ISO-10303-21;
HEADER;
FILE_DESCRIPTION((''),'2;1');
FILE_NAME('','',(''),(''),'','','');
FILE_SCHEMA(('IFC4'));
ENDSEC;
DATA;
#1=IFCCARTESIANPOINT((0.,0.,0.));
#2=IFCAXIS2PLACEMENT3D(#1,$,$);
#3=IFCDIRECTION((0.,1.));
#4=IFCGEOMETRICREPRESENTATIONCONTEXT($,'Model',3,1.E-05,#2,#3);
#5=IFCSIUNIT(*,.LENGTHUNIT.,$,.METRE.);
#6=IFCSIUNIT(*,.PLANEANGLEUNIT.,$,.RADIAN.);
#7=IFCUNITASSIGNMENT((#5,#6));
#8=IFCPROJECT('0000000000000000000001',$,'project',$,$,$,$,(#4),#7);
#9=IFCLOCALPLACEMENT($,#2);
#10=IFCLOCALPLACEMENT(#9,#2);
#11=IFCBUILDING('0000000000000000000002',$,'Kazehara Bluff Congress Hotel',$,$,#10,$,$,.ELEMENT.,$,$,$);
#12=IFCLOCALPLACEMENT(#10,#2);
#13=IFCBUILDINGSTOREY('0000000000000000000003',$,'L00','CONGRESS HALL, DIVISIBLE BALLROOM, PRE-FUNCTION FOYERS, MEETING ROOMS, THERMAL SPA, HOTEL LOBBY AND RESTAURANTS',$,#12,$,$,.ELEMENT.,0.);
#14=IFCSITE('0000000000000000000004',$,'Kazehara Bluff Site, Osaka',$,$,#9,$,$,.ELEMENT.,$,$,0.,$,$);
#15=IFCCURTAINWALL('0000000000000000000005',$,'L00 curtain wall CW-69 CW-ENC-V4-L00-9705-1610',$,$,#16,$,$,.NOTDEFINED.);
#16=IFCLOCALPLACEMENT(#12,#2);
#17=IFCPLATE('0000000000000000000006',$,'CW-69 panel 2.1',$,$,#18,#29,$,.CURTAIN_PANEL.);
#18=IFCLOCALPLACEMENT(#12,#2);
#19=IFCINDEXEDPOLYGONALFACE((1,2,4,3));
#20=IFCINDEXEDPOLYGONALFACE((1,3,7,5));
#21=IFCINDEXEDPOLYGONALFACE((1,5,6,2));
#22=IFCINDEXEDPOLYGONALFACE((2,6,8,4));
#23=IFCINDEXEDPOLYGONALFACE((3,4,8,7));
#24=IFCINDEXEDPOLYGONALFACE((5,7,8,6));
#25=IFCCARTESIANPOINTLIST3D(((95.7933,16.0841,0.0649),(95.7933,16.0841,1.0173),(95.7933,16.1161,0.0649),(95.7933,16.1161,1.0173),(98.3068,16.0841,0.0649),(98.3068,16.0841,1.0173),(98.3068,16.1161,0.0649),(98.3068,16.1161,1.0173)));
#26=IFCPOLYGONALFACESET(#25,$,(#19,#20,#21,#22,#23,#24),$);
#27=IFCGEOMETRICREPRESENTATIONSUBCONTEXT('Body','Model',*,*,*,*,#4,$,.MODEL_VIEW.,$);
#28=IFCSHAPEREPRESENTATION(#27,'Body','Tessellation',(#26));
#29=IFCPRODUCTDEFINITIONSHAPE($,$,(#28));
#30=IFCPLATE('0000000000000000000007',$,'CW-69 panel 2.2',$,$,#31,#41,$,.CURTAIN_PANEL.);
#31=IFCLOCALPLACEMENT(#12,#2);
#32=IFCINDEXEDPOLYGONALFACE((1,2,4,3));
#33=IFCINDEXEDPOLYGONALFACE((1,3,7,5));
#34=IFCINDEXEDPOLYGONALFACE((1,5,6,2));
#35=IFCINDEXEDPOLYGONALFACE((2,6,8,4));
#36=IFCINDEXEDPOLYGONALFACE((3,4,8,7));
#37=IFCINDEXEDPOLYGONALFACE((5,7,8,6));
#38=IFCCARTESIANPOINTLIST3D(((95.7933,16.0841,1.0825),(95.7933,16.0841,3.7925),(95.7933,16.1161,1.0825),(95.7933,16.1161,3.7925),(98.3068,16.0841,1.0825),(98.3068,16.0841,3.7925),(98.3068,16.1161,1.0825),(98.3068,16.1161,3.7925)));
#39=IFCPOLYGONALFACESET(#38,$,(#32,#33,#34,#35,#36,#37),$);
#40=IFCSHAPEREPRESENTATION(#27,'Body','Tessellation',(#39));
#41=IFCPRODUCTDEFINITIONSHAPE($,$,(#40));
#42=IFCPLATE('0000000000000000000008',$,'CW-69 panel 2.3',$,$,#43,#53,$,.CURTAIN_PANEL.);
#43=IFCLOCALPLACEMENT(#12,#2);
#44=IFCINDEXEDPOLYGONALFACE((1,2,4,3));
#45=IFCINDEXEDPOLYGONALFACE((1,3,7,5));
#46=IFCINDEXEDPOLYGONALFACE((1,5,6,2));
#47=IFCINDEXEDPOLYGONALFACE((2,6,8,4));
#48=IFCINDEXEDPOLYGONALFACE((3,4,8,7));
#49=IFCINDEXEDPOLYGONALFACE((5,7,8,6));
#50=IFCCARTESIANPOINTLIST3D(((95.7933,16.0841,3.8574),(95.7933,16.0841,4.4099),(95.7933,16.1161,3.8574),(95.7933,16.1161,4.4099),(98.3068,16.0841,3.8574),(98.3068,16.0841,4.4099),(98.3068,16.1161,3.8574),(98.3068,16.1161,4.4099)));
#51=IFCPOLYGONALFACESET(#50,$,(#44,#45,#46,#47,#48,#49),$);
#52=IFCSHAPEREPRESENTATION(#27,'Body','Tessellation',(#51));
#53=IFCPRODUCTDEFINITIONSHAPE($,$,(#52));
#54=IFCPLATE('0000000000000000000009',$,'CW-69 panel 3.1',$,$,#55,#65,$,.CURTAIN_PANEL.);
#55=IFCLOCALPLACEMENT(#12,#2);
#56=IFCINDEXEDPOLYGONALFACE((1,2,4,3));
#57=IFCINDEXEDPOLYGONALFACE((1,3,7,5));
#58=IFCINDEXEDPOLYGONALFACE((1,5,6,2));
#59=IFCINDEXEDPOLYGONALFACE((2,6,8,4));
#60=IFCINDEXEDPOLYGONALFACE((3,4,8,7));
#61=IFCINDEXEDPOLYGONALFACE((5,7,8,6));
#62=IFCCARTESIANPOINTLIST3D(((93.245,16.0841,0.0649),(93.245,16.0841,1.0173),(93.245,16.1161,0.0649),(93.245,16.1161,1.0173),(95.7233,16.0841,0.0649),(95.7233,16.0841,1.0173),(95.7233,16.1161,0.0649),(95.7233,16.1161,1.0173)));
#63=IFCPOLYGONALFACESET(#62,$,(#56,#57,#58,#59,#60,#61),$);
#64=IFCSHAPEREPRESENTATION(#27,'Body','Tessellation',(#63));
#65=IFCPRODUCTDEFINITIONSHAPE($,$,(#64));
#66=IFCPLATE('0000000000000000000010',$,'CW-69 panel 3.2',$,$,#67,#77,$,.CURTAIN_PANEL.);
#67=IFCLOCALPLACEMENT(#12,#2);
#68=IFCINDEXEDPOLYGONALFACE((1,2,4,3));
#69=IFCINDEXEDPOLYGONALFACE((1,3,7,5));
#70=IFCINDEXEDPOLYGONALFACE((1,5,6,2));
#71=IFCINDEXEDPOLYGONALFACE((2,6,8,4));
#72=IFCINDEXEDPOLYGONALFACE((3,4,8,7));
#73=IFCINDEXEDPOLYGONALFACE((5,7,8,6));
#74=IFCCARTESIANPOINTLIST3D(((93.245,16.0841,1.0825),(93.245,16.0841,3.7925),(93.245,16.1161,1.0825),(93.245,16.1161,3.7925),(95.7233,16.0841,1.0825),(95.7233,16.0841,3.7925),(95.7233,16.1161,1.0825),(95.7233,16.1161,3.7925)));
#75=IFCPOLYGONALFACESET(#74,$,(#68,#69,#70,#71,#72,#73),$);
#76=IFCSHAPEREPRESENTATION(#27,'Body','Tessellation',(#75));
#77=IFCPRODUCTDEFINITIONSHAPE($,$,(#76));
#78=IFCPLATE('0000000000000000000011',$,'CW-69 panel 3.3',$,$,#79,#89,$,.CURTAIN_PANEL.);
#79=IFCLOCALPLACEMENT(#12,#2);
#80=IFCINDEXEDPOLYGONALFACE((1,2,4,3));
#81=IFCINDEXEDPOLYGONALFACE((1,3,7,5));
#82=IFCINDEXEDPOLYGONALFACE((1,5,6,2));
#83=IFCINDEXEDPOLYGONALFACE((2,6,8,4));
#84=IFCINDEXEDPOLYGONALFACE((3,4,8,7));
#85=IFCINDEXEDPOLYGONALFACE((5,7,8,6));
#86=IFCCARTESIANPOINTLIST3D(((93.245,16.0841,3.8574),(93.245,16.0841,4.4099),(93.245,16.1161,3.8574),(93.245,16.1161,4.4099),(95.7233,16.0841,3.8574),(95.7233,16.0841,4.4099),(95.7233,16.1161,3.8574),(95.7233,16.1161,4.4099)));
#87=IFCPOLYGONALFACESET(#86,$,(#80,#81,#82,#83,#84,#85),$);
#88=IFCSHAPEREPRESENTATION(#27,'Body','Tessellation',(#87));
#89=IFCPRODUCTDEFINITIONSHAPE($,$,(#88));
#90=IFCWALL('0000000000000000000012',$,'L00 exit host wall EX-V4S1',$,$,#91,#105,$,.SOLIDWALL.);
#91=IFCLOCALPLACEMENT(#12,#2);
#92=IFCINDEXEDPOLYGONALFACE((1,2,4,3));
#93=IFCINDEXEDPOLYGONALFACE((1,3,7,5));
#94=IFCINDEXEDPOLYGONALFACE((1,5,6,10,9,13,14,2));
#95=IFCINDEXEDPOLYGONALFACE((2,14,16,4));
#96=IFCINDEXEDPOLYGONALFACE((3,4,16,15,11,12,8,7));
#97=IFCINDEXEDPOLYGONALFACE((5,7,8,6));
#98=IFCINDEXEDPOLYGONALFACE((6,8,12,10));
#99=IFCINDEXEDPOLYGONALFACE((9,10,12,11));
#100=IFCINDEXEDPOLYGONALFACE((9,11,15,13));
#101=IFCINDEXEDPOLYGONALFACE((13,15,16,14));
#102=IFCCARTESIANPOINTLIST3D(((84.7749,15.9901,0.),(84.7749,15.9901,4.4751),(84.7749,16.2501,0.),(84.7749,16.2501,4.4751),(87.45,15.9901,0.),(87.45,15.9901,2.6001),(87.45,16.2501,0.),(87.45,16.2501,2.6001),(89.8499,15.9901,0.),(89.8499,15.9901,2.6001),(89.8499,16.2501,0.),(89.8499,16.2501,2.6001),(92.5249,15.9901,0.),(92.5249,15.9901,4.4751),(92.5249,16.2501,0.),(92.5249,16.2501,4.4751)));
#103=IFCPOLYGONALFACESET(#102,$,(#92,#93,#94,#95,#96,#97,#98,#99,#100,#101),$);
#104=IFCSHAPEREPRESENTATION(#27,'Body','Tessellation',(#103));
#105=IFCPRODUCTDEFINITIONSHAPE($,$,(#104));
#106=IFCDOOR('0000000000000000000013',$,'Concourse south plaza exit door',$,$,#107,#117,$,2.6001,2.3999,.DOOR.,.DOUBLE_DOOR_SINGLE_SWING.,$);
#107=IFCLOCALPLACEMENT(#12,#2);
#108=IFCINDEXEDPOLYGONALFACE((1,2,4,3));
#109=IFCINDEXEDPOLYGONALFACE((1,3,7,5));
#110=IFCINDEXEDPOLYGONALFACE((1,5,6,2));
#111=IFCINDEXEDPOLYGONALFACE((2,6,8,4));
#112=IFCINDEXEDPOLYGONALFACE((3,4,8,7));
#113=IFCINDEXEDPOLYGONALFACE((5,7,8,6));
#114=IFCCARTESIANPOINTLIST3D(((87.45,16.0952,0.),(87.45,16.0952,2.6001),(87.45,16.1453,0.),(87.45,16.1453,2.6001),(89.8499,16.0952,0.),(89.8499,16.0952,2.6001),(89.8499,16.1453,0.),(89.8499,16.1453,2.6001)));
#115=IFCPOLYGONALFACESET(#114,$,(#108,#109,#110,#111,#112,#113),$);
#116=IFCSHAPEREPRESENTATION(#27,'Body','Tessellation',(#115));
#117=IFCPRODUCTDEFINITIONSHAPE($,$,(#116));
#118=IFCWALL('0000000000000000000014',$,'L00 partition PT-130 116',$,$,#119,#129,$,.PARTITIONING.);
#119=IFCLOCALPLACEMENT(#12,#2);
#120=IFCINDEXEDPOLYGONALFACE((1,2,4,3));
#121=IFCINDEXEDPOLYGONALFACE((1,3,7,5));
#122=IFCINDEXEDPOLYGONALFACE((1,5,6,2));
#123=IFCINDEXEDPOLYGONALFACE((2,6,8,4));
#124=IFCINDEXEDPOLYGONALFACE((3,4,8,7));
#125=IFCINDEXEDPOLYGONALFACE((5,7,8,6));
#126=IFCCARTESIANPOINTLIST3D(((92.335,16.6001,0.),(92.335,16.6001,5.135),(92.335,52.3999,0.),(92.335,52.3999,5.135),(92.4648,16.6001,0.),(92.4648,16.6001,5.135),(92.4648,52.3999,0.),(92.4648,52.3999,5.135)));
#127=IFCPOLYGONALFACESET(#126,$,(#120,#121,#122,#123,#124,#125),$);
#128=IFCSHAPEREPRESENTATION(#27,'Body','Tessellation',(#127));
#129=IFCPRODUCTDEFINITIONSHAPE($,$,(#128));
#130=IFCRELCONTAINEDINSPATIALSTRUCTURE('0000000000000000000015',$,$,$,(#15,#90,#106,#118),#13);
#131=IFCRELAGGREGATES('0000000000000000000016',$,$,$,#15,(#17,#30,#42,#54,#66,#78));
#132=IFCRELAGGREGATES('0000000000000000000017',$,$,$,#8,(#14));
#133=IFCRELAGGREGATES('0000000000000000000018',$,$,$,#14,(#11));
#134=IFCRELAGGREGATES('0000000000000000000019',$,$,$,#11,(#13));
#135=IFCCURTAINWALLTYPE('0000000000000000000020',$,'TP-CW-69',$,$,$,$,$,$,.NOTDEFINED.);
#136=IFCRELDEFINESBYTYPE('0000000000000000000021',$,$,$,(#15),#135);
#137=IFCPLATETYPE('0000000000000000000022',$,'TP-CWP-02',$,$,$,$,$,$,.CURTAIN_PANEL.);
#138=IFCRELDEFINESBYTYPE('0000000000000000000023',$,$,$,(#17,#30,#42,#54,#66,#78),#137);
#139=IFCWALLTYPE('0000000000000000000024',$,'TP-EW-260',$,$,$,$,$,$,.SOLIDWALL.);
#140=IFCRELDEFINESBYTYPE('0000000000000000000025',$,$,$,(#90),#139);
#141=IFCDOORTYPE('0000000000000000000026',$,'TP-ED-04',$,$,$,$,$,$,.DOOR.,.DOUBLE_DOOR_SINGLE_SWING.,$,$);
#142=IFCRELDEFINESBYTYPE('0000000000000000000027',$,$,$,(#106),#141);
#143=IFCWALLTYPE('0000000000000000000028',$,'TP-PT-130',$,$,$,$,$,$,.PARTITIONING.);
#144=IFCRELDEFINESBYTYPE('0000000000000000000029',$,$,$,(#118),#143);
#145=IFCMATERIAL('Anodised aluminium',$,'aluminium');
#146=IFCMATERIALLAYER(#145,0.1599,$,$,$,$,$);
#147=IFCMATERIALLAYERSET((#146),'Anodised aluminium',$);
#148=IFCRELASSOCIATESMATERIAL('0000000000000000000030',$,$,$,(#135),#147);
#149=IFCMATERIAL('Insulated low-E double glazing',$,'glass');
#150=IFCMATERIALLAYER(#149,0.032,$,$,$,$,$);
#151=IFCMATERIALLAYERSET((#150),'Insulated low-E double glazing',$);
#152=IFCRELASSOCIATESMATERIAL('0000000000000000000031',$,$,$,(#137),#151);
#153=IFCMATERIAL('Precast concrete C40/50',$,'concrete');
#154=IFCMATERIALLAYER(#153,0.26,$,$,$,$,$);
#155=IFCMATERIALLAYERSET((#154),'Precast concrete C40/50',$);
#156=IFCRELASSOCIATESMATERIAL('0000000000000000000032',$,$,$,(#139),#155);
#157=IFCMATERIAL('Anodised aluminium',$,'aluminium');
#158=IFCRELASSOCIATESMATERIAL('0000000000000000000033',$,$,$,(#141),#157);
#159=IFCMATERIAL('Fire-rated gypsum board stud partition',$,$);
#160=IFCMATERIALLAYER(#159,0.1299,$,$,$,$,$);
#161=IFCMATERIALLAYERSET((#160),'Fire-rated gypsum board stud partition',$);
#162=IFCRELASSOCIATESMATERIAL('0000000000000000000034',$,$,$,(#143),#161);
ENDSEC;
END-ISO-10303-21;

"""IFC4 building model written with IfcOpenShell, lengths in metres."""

from ifc_helpers import new_model, si_unit, direction, frame, frame_2d, origin, origin_2d, place, context, subcontext, project, spatial, rectangle, extrude, material, layer, layer_set, type_object, element, fill, aggregate, save


model = new_model("IFC4")

# Units and contexts
model_context = context("Model", 3, precision=1e-05, world=origin(), true_north=direction((0.0, 1.0)))
body_context = subcontext(model_context, "Body", "Model", "MODEL_VIEW")
ifc_project = project(units=[si_unit("LENGTHUNIT", "METRE"), si_unit("PLANEANGLEUNIT", "RADIAN")], contexts=[model_context])

# Site, building, storey
site_placement = place(None, origin())
site = spatial("IfcSite", under=ifc_project, at=site_placement, Name="Kazehara Bluff Site, Osaka", CompositionType="ELEMENT", RefElevation=0.0)
building_placement = place(site_placement, origin())
building = spatial("IfcBuilding", under=site, at=building_placement, Name="Kazehara Bluff Congress Hotel", CompositionType="ELEMENT")
storey_placement = place(building_placement, origin())
storey = spatial("IfcBuildingStorey", under=building, at=storey_placement, Name="L00", Description="CONGRESS HALL, DIVISIBLE BALLROOM, PRE-FUNCTION FOYERS, MEETING ROOMS, THERMAL SPA, HOTEL LOBBY AND RESTAURANTS", CompositionType="ELEMENT", Elevation=0.0)

# Shared definitions
ifc_material_1 = material(Name="Anodised aluminium", Category="aluminium")
ifc_layer_1 = layer(ifc_material_1, 0.1599)
ifc_layer_set_1 = layer_set([ifc_layer_1], Name="Anodised aluminium")
curtain_wall_type = type_object("IfcCurtainWallType", Name="TP-CW-69", PredefinedType="NOTDEFINED", material=ifc_layer_set_1)

# Curtain wall
curtain_wall_1_placement = place(storey_placement, origin())
curtain_wall_1 = element("IfcCurtainWall", 1, at=curtain_wall_1_placement, inside=storey, type_object=curtain_wall_type, Name="L00 curtain wall CW-69 CW-ENC-V4-L00-9705-1610", PredefinedType="NOTDEFINED")

# Plates
ifc_material_2 = material(Name="Insulated low-E double glazing", Category="glass")
ifc_layer_2 = layer(ifc_material_2, 0.032)
ifc_layer_set_2 = layer_set([ifc_layer_2], Name="Insulated low-E double glazing")
plate_type = type_object("IfcPlateType", Name="TP-CWP-02", PredefinedType="CURTAIN_PANEL", material=ifc_layer_set_2)
plate_1_placement = place(storey_placement, frame((97.05, 16.1001, 0.0649), z_axis=(0.0, 0.0, 1.0), x_axis=(-1.0, 0.0, 0.0)))
plate_1 = element("IfcPlate", 2, at=plate_1_placement, type_object=plate_type, Name="CW-69 panel 2.1", PredefinedType="CURTAIN_PANEL", context=body_context, shape_type="SweptSolid", body=[
    extrude(rectangle(XDim=2.5134, YDim=0.032, at=origin_2d()), origin(), (0.0, 0.0, 1.0), 0.9524),
])
plate_2_placement = place(storey_placement, frame((97.05, 16.1001, 1.0825), z_axis=(0.0, 0.0, 1.0), x_axis=(-1.0, 0.0, 0.0)))
plate_2 = element("IfcPlate", 3, at=plate_2_placement, type_object=plate_type, Name="CW-69 panel 2.2", PredefinedType="CURTAIN_PANEL", context=body_context, shape_type="SweptSolid", body=[
    extrude(rectangle(XDim=2.5134, YDim=0.032, at=origin_2d()), origin(), (0.0, 0.0, 1.0), 2.71),
])
plate_3_placement = place(storey_placement, frame((97.05, 16.1001, 3.8574), z_axis=(0.0, 0.0, 1.0), x_axis=(-1.0, 0.0, 0.0)))
plate_3 = element("IfcPlate", 4, at=plate_3_placement, type_object=plate_type, Name="CW-69 panel 2.3", PredefinedType="CURTAIN_PANEL", context=body_context, shape_type="SweptSolid", body=[
    extrude(rectangle(XDim=2.5134, YDim=0.032, at=origin_2d()), origin(), (0.0, 0.0, 1.0), 0.5525),
])
plate_4_placement = place(storey_placement, frame((94.4841, 16.1001, 0.0649), z_axis=(0.0, 0.0, 1.0), x_axis=(-1.0, 0.0, 0.0)))
plate_4 = element("IfcPlate", 5, at=plate_4_placement, type_object=plate_type, Name="CW-69 panel 3.1", PredefinedType="CURTAIN_PANEL", context=body_context, shape_type="SweptSolid", body=[
    extrude(rectangle(XDim=2.4783, YDim=0.032, at=origin_2d()), origin(), (0.0, 0.0, 1.0), 0.9524),
])
plate_5_placement = place(storey_placement, frame((94.4841, 16.1001, 1.0825), z_axis=(0.0, 0.0, 1.0), x_axis=(-1.0, 0.0, 0.0)))
plate_5 = element("IfcPlate", 6, at=plate_5_placement, type_object=plate_type, Name="CW-69 panel 3.2", PredefinedType="CURTAIN_PANEL", context=body_context, shape_type="SweptSolid", body=[
    extrude(rectangle(XDim=2.4783, YDim=0.032, at=origin_2d()), origin(), (0.0, 0.0, 1.0), 2.71),
])
plate_6_placement = place(storey_placement, frame((94.4841, 16.1001, 3.8574), z_axis=(0.0, 0.0, 1.0), x_axis=(-1.0, 0.0, 0.0)))
plate_6 = element("IfcPlate", 7, at=plate_6_placement, type_object=plate_type, Name="CW-69 panel 3.3", PredefinedType="CURTAIN_PANEL", context=body_context, shape_type="SweptSolid", body=[
    extrude(rectangle(XDim=2.4783, YDim=0.032, at=origin_2d()), origin(), (0.0, 0.0, 1.0), 0.5525),
])
aggregate(curtain_wall_1, [plate_1, plate_2, plate_3, plate_4, plate_5, plate_6])

# Wall, opening, door
ifc_material_3 = material(Name="Precast concrete C40/50", Category="concrete")
ifc_layer_3 = layer(ifc_material_3, 0.26)
ifc_layer_set_3 = layer_set([ifc_layer_3], Name="Precast concrete C40/50")
wall_type_1 = type_object("IfcWallType", Name="TP-EW-260", PredefinedType="SOLIDWALL", material=ifc_layer_set_3)
wall_1_placement = place(storey_placement, frame((92.5249, 16.1201, 0.0), z_axis=(0.0, 0.0, 1.0), x_axis=(-1.0, 0.0, 0.0)))
wall_1 = element("IfcWall", 8, at=wall_1_placement, inside=storey, type_object=wall_type_1, Name="L00 exit host wall EX-V4S1", PredefinedType="SOLIDWALL", context=body_context, shape_type="SweptSolid", body=[
    extrude(rectangle(XDim=7.75, YDim=0.26, at=frame_2d((3.875, 0.0))), origin(), (0.0, 0.0, 1.0), 4.4751),
])
opening_1_placement = place(wall_1_placement, frame((2.675, 0.0, 0.0)))
opening_1 = element("IfcOpeningElement", 9, at=opening_1_placement, cuts=wall_1, PredefinedType="OPENING", context=body_context, shape_type="SweptSolid", body=[
    extrude(rectangle(XDim=2.3999, YDim=2.6001, at=frame_2d((1.2, 1.3))), frame((0.0, 0.1399, 0.0), z_axis=(0.0, -1.0, 0.0), x_axis=(1.0, 0.0, 0.0)), (0.0, 0.0, 1.0), 0.28),
])
ifc_material_4 = material(Name="Anodised aluminium", Category="aluminium")
door_type_1 = type_object("IfcDoorType", Name="TP-ED-04", OperationType="DOUBLE_DOOR_SINGLE_SWING", PredefinedType="DOOR", material=ifc_material_4)
door_1_placement = place(opening_1_placement, origin())
door_1 = element("IfcDoor", 10, at=door_1_placement, inside=storey, type_object=door_type_1, Name="Concourse south plaza exit door", OperationType="DOUBLE_DOOR_SINGLE_SWING", OverallHeight=2.6001, OverallWidth=2.3999, PredefinedType="DOOR", context=body_context, shape_type="SweptSolid", body=[
    extrude(rectangle(XDim=2.3999, YDim=2.6001, at=frame_2d((1.2, 1.3))), frame((0.0, 0.0249, 0.0), z_axis=(0.0, -1.0, 0.0), x_axis=(1.0, 0.0, 0.0)), (0.0, 0.0, 1.0), 0.05),
])
fill(opening_1, door_1)

# Wall
ifc_material_5 = material(Name="Fire-rated gypsum board stud partition")
ifc_layer_4 = layer(ifc_material_5, 0.1299)
ifc_layer_set_4 = layer_set([ifc_layer_4], Name="Fire-rated gypsum board stud partition")
wall_type_2 = type_object("IfcWallType", Name="TP-PT-130", PredefinedType="PARTITIONING", material=ifc_layer_set_4)
wall_2_placement = place(storey_placement, frame((92.3999, 16.6001, 0.0), z_axis=(0.0, 0.0, 1.0), x_axis=(0.0, 1.0, 0.0)))
element("IfcWall", 11, at=wall_2_placement, inside=storey, type_object=wall_type_2, Name="L00 partition PT-130 116", PredefinedType="PARTITIONING", context=body_context, shape_type="SweptSolid", body=[
    extrude(rectangle(XDim=35.7998, YDim=0.1299, at=frame_2d((17.8999, 0.0))), origin(), (0.0, 0.0, 1.0), 5.135),
])

save(model, "model.ifc")
